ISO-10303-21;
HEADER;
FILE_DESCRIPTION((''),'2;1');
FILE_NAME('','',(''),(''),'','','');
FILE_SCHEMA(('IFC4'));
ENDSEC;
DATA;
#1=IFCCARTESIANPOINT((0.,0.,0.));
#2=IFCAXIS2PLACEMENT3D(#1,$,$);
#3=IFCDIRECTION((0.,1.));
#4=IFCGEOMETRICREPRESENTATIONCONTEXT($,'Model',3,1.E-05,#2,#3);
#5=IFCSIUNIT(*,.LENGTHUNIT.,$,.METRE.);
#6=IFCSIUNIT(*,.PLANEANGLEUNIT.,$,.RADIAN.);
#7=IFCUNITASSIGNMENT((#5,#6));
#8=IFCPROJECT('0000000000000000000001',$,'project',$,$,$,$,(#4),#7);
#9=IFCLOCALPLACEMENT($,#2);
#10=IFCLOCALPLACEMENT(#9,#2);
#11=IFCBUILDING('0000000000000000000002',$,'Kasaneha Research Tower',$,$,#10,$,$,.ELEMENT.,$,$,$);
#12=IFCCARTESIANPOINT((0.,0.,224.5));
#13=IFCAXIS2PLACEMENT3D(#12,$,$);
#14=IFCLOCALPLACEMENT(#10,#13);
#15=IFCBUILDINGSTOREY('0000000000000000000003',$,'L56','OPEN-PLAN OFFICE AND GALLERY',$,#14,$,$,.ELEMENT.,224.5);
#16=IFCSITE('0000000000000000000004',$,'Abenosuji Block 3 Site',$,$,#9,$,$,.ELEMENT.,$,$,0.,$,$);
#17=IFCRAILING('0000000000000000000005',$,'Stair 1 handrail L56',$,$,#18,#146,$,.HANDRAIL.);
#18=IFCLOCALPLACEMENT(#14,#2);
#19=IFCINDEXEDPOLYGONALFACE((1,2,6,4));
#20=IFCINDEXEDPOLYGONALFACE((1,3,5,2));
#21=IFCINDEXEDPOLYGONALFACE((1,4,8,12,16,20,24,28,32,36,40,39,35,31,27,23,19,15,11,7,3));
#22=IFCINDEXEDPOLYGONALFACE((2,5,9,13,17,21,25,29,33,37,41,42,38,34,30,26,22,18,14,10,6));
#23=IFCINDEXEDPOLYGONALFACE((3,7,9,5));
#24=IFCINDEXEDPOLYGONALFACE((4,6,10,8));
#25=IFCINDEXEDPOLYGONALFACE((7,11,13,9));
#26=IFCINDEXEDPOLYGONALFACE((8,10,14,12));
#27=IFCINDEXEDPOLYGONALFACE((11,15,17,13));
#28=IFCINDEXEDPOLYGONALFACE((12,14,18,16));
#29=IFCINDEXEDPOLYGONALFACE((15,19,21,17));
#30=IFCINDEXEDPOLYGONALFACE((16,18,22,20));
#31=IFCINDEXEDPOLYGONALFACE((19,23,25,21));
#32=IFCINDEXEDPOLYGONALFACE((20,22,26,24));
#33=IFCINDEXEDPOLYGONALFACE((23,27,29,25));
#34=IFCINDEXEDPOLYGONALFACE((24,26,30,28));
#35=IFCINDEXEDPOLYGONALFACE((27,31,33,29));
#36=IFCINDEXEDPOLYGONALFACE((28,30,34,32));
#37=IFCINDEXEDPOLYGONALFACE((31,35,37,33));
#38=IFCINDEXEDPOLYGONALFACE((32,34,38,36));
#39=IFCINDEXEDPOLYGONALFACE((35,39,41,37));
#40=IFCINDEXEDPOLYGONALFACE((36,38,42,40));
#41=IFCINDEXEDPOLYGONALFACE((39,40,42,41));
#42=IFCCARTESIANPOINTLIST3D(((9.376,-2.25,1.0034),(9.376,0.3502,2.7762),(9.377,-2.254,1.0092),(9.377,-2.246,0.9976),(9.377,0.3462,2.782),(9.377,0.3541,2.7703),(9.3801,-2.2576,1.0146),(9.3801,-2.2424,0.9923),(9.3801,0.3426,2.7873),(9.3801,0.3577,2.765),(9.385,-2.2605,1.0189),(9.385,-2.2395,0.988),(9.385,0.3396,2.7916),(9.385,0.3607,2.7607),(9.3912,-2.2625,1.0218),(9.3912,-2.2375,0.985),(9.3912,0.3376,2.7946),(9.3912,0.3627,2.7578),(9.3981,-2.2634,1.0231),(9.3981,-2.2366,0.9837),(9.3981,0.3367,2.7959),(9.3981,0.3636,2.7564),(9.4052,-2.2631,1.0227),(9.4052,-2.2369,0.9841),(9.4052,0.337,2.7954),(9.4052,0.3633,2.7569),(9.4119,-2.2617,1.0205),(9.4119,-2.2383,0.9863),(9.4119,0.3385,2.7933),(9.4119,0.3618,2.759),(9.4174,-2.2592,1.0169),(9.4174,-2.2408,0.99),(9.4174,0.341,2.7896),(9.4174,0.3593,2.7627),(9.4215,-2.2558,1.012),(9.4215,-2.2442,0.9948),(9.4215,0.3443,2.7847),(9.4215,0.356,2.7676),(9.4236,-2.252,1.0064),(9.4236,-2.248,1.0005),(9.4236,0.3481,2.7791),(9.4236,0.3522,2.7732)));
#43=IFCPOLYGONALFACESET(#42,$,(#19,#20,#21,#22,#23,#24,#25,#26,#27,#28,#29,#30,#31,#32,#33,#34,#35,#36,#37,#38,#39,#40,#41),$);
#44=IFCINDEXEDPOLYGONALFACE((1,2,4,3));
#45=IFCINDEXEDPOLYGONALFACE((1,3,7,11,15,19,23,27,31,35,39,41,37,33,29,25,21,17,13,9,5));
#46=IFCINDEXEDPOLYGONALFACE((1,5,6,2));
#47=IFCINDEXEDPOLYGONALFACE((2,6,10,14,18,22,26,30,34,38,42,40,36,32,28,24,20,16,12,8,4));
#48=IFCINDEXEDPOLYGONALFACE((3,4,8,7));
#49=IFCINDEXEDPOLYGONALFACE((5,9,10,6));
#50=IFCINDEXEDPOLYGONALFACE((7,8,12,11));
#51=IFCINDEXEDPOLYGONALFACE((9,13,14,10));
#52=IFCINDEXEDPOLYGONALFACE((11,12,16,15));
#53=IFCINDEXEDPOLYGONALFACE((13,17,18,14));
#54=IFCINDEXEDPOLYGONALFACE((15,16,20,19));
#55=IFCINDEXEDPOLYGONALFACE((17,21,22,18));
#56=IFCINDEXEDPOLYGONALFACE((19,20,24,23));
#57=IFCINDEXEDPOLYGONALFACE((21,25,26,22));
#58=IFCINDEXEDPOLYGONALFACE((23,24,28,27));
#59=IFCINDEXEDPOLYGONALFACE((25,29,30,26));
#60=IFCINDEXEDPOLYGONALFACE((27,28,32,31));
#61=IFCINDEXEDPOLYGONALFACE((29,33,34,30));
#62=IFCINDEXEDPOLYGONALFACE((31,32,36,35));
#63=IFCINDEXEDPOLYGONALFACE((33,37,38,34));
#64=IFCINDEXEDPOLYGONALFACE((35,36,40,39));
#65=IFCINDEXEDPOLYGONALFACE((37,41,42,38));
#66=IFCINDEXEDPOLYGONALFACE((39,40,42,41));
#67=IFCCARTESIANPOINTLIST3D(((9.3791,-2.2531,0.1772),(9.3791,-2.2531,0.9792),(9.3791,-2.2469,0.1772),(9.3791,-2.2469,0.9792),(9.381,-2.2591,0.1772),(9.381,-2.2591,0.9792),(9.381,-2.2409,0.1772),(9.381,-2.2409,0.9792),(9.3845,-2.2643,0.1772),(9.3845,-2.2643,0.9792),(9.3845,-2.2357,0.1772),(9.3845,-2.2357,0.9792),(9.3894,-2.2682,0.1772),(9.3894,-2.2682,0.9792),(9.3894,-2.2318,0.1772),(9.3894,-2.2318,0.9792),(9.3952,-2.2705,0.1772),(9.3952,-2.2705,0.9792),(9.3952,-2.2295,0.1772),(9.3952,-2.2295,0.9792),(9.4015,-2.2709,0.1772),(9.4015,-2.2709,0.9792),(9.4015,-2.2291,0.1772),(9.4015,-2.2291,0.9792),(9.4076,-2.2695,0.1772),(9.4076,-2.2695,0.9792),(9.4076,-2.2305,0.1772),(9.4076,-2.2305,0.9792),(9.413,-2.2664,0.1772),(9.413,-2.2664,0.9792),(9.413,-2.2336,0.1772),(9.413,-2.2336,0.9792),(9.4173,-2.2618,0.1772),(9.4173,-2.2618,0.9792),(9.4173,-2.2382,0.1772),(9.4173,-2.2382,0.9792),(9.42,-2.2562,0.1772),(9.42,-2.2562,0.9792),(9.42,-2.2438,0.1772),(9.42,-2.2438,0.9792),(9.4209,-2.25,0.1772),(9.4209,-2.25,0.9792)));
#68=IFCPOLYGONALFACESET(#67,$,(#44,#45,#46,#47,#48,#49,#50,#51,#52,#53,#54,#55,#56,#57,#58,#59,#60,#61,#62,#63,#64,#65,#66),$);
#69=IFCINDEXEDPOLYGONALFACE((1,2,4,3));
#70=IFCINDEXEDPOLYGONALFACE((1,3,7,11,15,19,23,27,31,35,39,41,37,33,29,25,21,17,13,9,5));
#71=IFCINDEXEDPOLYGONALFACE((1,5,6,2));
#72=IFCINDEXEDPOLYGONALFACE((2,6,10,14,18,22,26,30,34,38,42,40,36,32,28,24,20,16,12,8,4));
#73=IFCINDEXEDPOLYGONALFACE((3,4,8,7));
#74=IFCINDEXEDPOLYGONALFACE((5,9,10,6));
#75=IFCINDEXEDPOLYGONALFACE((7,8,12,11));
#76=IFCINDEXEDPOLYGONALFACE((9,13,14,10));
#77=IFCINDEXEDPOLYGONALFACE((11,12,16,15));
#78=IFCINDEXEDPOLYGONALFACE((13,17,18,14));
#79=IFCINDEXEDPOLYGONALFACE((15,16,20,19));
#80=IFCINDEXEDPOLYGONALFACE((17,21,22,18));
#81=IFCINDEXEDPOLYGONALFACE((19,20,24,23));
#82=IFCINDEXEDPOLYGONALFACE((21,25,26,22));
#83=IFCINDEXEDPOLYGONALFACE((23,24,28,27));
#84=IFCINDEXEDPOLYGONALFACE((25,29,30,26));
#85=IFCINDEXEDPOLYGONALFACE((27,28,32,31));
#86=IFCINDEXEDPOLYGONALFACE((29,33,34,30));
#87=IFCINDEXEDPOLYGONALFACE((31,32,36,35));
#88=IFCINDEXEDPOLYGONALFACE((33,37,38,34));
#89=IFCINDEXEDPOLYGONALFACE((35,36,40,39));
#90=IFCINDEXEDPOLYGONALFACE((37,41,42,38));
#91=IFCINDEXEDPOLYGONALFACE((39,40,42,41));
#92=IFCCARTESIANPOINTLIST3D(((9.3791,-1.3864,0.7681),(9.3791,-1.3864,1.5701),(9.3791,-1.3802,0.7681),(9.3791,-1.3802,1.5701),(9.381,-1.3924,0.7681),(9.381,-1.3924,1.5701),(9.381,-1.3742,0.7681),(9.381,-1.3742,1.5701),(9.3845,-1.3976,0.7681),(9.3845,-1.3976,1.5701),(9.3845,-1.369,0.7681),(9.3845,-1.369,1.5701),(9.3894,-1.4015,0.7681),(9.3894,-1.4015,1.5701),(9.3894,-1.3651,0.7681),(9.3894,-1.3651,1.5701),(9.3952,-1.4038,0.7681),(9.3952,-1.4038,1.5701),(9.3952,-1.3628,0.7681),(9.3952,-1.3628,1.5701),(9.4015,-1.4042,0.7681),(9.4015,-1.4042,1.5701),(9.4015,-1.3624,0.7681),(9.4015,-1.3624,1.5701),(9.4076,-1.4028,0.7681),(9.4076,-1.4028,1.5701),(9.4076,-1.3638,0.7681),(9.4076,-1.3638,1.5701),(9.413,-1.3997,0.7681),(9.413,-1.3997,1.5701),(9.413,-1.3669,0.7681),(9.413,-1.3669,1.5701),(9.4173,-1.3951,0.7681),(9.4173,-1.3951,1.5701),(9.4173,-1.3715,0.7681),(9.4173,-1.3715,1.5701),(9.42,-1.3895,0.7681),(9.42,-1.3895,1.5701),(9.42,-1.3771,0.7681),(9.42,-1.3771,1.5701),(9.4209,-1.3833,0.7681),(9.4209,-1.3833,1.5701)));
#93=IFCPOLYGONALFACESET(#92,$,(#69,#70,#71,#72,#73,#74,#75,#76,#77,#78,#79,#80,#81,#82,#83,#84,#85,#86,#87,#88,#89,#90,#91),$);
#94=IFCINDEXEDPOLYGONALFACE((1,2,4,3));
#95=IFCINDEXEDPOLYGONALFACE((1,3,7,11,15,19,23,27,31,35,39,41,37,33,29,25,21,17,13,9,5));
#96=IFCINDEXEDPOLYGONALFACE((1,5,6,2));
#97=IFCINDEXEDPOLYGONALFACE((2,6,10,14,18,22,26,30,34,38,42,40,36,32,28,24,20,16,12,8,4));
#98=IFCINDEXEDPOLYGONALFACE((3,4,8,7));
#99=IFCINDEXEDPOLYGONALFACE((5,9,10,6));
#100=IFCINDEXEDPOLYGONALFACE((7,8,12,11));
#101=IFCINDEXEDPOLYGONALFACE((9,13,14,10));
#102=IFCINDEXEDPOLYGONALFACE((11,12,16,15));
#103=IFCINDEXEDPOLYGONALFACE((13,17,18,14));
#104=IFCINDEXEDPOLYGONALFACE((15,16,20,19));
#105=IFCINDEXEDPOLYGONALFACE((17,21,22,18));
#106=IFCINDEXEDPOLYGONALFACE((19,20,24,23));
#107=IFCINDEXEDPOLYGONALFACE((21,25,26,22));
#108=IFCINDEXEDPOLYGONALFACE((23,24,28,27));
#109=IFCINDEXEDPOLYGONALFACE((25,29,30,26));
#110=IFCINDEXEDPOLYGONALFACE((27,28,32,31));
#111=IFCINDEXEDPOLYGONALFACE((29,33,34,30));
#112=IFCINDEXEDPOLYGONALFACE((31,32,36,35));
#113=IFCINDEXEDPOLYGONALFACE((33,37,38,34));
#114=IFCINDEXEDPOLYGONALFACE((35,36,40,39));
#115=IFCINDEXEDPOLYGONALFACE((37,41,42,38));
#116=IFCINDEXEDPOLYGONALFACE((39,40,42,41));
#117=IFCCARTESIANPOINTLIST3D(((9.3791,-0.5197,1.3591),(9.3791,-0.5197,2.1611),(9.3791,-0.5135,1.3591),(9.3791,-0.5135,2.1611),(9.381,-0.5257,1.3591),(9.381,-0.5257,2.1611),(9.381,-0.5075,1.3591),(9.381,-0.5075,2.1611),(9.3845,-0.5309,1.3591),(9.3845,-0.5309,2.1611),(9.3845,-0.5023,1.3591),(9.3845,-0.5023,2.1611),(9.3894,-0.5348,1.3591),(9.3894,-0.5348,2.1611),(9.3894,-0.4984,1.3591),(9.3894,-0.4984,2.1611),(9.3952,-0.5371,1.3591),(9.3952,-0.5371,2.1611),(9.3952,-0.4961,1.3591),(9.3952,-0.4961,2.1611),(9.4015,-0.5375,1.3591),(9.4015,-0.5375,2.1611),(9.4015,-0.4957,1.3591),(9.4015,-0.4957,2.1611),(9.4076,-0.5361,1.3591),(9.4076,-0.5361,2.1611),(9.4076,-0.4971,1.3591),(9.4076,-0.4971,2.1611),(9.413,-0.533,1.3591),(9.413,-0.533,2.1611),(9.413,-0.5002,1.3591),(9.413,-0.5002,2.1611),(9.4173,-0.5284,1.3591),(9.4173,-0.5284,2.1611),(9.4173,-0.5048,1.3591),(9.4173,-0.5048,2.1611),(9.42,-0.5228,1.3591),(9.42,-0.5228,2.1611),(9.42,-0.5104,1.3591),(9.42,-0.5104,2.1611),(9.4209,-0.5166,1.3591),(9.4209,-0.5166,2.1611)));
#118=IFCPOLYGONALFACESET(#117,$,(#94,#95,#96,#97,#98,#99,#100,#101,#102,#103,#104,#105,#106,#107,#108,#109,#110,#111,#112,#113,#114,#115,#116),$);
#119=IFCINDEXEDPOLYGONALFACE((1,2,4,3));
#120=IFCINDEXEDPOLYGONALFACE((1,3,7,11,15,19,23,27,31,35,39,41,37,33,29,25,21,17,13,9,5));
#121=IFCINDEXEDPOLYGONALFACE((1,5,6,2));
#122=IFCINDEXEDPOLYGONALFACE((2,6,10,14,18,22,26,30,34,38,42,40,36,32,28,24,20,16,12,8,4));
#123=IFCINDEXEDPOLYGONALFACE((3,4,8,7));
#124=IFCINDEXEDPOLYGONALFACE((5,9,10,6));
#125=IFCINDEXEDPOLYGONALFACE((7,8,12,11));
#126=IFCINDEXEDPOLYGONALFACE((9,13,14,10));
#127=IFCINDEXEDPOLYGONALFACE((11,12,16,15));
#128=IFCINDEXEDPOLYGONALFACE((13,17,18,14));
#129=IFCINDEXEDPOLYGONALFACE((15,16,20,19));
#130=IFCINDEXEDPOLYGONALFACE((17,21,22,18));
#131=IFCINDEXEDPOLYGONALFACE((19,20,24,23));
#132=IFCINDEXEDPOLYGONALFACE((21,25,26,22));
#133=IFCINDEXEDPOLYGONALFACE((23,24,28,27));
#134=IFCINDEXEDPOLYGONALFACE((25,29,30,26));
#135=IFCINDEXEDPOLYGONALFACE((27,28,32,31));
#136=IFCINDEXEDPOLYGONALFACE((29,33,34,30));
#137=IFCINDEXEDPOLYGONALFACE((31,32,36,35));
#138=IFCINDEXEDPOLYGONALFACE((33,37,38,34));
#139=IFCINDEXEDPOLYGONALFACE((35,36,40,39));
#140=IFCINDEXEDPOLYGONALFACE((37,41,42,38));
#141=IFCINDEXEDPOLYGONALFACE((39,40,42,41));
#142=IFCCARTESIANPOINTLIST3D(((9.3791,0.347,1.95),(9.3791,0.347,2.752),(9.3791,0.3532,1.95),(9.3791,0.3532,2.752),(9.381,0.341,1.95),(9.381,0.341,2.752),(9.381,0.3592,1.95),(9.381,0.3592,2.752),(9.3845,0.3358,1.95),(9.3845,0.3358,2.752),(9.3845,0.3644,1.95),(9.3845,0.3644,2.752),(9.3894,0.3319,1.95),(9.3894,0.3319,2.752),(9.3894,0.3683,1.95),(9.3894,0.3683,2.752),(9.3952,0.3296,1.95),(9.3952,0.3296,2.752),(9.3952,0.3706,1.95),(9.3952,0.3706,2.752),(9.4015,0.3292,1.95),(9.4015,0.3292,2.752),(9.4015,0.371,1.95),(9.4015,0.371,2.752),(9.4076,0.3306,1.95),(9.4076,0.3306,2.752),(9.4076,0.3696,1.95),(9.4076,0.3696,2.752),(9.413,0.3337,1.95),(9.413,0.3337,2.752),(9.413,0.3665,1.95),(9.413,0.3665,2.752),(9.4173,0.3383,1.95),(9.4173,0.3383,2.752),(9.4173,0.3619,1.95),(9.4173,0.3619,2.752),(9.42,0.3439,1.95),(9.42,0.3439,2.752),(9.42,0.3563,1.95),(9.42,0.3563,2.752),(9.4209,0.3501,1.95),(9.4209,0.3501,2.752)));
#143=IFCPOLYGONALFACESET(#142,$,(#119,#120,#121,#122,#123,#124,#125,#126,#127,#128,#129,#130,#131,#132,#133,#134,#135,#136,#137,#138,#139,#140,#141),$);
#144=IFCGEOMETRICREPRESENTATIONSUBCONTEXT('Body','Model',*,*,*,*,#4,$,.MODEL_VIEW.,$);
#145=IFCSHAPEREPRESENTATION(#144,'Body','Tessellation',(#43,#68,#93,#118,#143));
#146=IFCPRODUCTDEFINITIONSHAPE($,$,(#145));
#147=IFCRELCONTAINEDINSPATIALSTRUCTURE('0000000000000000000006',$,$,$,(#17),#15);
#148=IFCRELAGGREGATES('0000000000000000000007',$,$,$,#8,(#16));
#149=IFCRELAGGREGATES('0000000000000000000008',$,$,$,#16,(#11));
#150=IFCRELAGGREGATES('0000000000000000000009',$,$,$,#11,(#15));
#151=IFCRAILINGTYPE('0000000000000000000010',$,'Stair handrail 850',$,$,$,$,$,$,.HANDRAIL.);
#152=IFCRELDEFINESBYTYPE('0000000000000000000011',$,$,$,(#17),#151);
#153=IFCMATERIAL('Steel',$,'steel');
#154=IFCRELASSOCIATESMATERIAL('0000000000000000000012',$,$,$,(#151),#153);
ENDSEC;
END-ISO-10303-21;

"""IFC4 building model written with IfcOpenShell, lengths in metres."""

from ifc_helpers import new_model, si_unit, direction, frame, origin, origin_2d, place, context, subcontext, project, spatial, circle, extrude, material, type_object, element, save


model = new_model("IFC4")

# Units and contexts
model_context = context("Model", 3, precision=1e-05, world=origin(), true_north=direction((0.0, 1.0)))
body_context = subcontext(model_context, "Body", "Model", "MODEL_VIEW")
ifc_project = project(units=[si_unit("LENGTHUNIT", "METRE"), si_unit("PLANEANGLEUNIT", "RADIAN")], contexts=[model_context])

# Site, building, storey
site_placement = place(None, origin())
site = spatial("IfcSite", under=ifc_project, at=site_placement, Name="Abenosuji Block 3 Site", CompositionType="ELEMENT", RefElevation=0.0)
building_placement = place(site_placement, origin())
building = spatial("IfcBuilding", under=site, at=building_placement, Name="Kasaneha Research Tower", CompositionType="ELEMENT")
storey_placement = place(building_placement, frame((0.0, 0.0, 224.5)))
storey = spatial("IfcBuildingStorey", under=building, at=storey_placement, Name="L56", Description="OPEN-PLAN OFFICE AND GALLERY", CompositionType="ELEMENT", Elevation=224.5)

# Railing
ifc_material_1 = material(Name="Steel", Category="steel")
railing_type_1 = type_object("IfcRailingType", Name="Stair handrail 850", PredefinedType="HANDRAIL", material=ifc_material_1)
railing_1_placement = place(storey_placement, frame((9.3999, -2.25, 0.1772)))
element("IfcRailing", 1, at=railing_1_placement, inside=storey, type_object=railing_type_1, Name="Stair 1 handrail L56", PredefinedType="HANDRAIL", context=body_context, shape_type="SweptSolid", body=[
    extrude(circle(Radius=0.0239, at=origin_2d()), frame((0.0, 0.0, 0.8262), z_axis=(0.0, 0.82624, 0.563318), x_axis=(-1.0, 0.0, 0.0)), (0.0, 0.0, 1.0), 3.147),
    extrude(circle(Radius=0.021, at=origin_2d()), origin(), (0.0, 0.0, 1.0), 0.802),
    extrude(circle(Radius=0.021, at=origin_2d()), frame((0.0, 0.8667, 0.5908)), (0.0, 0.0, 1.0), 0.802),
    extrude(circle(Radius=0.021, at=origin_2d()), frame((0.0, 1.7334, 1.1819)), (0.0, 0.0, 1.0), 0.802),
    extrude(circle(Radius=0.021, at=origin_2d()), frame((0.0, 2.6001, 1.7727)), (0.0, 0.0, 1.0), 0.802),
])

save(model, "model.ifc")
